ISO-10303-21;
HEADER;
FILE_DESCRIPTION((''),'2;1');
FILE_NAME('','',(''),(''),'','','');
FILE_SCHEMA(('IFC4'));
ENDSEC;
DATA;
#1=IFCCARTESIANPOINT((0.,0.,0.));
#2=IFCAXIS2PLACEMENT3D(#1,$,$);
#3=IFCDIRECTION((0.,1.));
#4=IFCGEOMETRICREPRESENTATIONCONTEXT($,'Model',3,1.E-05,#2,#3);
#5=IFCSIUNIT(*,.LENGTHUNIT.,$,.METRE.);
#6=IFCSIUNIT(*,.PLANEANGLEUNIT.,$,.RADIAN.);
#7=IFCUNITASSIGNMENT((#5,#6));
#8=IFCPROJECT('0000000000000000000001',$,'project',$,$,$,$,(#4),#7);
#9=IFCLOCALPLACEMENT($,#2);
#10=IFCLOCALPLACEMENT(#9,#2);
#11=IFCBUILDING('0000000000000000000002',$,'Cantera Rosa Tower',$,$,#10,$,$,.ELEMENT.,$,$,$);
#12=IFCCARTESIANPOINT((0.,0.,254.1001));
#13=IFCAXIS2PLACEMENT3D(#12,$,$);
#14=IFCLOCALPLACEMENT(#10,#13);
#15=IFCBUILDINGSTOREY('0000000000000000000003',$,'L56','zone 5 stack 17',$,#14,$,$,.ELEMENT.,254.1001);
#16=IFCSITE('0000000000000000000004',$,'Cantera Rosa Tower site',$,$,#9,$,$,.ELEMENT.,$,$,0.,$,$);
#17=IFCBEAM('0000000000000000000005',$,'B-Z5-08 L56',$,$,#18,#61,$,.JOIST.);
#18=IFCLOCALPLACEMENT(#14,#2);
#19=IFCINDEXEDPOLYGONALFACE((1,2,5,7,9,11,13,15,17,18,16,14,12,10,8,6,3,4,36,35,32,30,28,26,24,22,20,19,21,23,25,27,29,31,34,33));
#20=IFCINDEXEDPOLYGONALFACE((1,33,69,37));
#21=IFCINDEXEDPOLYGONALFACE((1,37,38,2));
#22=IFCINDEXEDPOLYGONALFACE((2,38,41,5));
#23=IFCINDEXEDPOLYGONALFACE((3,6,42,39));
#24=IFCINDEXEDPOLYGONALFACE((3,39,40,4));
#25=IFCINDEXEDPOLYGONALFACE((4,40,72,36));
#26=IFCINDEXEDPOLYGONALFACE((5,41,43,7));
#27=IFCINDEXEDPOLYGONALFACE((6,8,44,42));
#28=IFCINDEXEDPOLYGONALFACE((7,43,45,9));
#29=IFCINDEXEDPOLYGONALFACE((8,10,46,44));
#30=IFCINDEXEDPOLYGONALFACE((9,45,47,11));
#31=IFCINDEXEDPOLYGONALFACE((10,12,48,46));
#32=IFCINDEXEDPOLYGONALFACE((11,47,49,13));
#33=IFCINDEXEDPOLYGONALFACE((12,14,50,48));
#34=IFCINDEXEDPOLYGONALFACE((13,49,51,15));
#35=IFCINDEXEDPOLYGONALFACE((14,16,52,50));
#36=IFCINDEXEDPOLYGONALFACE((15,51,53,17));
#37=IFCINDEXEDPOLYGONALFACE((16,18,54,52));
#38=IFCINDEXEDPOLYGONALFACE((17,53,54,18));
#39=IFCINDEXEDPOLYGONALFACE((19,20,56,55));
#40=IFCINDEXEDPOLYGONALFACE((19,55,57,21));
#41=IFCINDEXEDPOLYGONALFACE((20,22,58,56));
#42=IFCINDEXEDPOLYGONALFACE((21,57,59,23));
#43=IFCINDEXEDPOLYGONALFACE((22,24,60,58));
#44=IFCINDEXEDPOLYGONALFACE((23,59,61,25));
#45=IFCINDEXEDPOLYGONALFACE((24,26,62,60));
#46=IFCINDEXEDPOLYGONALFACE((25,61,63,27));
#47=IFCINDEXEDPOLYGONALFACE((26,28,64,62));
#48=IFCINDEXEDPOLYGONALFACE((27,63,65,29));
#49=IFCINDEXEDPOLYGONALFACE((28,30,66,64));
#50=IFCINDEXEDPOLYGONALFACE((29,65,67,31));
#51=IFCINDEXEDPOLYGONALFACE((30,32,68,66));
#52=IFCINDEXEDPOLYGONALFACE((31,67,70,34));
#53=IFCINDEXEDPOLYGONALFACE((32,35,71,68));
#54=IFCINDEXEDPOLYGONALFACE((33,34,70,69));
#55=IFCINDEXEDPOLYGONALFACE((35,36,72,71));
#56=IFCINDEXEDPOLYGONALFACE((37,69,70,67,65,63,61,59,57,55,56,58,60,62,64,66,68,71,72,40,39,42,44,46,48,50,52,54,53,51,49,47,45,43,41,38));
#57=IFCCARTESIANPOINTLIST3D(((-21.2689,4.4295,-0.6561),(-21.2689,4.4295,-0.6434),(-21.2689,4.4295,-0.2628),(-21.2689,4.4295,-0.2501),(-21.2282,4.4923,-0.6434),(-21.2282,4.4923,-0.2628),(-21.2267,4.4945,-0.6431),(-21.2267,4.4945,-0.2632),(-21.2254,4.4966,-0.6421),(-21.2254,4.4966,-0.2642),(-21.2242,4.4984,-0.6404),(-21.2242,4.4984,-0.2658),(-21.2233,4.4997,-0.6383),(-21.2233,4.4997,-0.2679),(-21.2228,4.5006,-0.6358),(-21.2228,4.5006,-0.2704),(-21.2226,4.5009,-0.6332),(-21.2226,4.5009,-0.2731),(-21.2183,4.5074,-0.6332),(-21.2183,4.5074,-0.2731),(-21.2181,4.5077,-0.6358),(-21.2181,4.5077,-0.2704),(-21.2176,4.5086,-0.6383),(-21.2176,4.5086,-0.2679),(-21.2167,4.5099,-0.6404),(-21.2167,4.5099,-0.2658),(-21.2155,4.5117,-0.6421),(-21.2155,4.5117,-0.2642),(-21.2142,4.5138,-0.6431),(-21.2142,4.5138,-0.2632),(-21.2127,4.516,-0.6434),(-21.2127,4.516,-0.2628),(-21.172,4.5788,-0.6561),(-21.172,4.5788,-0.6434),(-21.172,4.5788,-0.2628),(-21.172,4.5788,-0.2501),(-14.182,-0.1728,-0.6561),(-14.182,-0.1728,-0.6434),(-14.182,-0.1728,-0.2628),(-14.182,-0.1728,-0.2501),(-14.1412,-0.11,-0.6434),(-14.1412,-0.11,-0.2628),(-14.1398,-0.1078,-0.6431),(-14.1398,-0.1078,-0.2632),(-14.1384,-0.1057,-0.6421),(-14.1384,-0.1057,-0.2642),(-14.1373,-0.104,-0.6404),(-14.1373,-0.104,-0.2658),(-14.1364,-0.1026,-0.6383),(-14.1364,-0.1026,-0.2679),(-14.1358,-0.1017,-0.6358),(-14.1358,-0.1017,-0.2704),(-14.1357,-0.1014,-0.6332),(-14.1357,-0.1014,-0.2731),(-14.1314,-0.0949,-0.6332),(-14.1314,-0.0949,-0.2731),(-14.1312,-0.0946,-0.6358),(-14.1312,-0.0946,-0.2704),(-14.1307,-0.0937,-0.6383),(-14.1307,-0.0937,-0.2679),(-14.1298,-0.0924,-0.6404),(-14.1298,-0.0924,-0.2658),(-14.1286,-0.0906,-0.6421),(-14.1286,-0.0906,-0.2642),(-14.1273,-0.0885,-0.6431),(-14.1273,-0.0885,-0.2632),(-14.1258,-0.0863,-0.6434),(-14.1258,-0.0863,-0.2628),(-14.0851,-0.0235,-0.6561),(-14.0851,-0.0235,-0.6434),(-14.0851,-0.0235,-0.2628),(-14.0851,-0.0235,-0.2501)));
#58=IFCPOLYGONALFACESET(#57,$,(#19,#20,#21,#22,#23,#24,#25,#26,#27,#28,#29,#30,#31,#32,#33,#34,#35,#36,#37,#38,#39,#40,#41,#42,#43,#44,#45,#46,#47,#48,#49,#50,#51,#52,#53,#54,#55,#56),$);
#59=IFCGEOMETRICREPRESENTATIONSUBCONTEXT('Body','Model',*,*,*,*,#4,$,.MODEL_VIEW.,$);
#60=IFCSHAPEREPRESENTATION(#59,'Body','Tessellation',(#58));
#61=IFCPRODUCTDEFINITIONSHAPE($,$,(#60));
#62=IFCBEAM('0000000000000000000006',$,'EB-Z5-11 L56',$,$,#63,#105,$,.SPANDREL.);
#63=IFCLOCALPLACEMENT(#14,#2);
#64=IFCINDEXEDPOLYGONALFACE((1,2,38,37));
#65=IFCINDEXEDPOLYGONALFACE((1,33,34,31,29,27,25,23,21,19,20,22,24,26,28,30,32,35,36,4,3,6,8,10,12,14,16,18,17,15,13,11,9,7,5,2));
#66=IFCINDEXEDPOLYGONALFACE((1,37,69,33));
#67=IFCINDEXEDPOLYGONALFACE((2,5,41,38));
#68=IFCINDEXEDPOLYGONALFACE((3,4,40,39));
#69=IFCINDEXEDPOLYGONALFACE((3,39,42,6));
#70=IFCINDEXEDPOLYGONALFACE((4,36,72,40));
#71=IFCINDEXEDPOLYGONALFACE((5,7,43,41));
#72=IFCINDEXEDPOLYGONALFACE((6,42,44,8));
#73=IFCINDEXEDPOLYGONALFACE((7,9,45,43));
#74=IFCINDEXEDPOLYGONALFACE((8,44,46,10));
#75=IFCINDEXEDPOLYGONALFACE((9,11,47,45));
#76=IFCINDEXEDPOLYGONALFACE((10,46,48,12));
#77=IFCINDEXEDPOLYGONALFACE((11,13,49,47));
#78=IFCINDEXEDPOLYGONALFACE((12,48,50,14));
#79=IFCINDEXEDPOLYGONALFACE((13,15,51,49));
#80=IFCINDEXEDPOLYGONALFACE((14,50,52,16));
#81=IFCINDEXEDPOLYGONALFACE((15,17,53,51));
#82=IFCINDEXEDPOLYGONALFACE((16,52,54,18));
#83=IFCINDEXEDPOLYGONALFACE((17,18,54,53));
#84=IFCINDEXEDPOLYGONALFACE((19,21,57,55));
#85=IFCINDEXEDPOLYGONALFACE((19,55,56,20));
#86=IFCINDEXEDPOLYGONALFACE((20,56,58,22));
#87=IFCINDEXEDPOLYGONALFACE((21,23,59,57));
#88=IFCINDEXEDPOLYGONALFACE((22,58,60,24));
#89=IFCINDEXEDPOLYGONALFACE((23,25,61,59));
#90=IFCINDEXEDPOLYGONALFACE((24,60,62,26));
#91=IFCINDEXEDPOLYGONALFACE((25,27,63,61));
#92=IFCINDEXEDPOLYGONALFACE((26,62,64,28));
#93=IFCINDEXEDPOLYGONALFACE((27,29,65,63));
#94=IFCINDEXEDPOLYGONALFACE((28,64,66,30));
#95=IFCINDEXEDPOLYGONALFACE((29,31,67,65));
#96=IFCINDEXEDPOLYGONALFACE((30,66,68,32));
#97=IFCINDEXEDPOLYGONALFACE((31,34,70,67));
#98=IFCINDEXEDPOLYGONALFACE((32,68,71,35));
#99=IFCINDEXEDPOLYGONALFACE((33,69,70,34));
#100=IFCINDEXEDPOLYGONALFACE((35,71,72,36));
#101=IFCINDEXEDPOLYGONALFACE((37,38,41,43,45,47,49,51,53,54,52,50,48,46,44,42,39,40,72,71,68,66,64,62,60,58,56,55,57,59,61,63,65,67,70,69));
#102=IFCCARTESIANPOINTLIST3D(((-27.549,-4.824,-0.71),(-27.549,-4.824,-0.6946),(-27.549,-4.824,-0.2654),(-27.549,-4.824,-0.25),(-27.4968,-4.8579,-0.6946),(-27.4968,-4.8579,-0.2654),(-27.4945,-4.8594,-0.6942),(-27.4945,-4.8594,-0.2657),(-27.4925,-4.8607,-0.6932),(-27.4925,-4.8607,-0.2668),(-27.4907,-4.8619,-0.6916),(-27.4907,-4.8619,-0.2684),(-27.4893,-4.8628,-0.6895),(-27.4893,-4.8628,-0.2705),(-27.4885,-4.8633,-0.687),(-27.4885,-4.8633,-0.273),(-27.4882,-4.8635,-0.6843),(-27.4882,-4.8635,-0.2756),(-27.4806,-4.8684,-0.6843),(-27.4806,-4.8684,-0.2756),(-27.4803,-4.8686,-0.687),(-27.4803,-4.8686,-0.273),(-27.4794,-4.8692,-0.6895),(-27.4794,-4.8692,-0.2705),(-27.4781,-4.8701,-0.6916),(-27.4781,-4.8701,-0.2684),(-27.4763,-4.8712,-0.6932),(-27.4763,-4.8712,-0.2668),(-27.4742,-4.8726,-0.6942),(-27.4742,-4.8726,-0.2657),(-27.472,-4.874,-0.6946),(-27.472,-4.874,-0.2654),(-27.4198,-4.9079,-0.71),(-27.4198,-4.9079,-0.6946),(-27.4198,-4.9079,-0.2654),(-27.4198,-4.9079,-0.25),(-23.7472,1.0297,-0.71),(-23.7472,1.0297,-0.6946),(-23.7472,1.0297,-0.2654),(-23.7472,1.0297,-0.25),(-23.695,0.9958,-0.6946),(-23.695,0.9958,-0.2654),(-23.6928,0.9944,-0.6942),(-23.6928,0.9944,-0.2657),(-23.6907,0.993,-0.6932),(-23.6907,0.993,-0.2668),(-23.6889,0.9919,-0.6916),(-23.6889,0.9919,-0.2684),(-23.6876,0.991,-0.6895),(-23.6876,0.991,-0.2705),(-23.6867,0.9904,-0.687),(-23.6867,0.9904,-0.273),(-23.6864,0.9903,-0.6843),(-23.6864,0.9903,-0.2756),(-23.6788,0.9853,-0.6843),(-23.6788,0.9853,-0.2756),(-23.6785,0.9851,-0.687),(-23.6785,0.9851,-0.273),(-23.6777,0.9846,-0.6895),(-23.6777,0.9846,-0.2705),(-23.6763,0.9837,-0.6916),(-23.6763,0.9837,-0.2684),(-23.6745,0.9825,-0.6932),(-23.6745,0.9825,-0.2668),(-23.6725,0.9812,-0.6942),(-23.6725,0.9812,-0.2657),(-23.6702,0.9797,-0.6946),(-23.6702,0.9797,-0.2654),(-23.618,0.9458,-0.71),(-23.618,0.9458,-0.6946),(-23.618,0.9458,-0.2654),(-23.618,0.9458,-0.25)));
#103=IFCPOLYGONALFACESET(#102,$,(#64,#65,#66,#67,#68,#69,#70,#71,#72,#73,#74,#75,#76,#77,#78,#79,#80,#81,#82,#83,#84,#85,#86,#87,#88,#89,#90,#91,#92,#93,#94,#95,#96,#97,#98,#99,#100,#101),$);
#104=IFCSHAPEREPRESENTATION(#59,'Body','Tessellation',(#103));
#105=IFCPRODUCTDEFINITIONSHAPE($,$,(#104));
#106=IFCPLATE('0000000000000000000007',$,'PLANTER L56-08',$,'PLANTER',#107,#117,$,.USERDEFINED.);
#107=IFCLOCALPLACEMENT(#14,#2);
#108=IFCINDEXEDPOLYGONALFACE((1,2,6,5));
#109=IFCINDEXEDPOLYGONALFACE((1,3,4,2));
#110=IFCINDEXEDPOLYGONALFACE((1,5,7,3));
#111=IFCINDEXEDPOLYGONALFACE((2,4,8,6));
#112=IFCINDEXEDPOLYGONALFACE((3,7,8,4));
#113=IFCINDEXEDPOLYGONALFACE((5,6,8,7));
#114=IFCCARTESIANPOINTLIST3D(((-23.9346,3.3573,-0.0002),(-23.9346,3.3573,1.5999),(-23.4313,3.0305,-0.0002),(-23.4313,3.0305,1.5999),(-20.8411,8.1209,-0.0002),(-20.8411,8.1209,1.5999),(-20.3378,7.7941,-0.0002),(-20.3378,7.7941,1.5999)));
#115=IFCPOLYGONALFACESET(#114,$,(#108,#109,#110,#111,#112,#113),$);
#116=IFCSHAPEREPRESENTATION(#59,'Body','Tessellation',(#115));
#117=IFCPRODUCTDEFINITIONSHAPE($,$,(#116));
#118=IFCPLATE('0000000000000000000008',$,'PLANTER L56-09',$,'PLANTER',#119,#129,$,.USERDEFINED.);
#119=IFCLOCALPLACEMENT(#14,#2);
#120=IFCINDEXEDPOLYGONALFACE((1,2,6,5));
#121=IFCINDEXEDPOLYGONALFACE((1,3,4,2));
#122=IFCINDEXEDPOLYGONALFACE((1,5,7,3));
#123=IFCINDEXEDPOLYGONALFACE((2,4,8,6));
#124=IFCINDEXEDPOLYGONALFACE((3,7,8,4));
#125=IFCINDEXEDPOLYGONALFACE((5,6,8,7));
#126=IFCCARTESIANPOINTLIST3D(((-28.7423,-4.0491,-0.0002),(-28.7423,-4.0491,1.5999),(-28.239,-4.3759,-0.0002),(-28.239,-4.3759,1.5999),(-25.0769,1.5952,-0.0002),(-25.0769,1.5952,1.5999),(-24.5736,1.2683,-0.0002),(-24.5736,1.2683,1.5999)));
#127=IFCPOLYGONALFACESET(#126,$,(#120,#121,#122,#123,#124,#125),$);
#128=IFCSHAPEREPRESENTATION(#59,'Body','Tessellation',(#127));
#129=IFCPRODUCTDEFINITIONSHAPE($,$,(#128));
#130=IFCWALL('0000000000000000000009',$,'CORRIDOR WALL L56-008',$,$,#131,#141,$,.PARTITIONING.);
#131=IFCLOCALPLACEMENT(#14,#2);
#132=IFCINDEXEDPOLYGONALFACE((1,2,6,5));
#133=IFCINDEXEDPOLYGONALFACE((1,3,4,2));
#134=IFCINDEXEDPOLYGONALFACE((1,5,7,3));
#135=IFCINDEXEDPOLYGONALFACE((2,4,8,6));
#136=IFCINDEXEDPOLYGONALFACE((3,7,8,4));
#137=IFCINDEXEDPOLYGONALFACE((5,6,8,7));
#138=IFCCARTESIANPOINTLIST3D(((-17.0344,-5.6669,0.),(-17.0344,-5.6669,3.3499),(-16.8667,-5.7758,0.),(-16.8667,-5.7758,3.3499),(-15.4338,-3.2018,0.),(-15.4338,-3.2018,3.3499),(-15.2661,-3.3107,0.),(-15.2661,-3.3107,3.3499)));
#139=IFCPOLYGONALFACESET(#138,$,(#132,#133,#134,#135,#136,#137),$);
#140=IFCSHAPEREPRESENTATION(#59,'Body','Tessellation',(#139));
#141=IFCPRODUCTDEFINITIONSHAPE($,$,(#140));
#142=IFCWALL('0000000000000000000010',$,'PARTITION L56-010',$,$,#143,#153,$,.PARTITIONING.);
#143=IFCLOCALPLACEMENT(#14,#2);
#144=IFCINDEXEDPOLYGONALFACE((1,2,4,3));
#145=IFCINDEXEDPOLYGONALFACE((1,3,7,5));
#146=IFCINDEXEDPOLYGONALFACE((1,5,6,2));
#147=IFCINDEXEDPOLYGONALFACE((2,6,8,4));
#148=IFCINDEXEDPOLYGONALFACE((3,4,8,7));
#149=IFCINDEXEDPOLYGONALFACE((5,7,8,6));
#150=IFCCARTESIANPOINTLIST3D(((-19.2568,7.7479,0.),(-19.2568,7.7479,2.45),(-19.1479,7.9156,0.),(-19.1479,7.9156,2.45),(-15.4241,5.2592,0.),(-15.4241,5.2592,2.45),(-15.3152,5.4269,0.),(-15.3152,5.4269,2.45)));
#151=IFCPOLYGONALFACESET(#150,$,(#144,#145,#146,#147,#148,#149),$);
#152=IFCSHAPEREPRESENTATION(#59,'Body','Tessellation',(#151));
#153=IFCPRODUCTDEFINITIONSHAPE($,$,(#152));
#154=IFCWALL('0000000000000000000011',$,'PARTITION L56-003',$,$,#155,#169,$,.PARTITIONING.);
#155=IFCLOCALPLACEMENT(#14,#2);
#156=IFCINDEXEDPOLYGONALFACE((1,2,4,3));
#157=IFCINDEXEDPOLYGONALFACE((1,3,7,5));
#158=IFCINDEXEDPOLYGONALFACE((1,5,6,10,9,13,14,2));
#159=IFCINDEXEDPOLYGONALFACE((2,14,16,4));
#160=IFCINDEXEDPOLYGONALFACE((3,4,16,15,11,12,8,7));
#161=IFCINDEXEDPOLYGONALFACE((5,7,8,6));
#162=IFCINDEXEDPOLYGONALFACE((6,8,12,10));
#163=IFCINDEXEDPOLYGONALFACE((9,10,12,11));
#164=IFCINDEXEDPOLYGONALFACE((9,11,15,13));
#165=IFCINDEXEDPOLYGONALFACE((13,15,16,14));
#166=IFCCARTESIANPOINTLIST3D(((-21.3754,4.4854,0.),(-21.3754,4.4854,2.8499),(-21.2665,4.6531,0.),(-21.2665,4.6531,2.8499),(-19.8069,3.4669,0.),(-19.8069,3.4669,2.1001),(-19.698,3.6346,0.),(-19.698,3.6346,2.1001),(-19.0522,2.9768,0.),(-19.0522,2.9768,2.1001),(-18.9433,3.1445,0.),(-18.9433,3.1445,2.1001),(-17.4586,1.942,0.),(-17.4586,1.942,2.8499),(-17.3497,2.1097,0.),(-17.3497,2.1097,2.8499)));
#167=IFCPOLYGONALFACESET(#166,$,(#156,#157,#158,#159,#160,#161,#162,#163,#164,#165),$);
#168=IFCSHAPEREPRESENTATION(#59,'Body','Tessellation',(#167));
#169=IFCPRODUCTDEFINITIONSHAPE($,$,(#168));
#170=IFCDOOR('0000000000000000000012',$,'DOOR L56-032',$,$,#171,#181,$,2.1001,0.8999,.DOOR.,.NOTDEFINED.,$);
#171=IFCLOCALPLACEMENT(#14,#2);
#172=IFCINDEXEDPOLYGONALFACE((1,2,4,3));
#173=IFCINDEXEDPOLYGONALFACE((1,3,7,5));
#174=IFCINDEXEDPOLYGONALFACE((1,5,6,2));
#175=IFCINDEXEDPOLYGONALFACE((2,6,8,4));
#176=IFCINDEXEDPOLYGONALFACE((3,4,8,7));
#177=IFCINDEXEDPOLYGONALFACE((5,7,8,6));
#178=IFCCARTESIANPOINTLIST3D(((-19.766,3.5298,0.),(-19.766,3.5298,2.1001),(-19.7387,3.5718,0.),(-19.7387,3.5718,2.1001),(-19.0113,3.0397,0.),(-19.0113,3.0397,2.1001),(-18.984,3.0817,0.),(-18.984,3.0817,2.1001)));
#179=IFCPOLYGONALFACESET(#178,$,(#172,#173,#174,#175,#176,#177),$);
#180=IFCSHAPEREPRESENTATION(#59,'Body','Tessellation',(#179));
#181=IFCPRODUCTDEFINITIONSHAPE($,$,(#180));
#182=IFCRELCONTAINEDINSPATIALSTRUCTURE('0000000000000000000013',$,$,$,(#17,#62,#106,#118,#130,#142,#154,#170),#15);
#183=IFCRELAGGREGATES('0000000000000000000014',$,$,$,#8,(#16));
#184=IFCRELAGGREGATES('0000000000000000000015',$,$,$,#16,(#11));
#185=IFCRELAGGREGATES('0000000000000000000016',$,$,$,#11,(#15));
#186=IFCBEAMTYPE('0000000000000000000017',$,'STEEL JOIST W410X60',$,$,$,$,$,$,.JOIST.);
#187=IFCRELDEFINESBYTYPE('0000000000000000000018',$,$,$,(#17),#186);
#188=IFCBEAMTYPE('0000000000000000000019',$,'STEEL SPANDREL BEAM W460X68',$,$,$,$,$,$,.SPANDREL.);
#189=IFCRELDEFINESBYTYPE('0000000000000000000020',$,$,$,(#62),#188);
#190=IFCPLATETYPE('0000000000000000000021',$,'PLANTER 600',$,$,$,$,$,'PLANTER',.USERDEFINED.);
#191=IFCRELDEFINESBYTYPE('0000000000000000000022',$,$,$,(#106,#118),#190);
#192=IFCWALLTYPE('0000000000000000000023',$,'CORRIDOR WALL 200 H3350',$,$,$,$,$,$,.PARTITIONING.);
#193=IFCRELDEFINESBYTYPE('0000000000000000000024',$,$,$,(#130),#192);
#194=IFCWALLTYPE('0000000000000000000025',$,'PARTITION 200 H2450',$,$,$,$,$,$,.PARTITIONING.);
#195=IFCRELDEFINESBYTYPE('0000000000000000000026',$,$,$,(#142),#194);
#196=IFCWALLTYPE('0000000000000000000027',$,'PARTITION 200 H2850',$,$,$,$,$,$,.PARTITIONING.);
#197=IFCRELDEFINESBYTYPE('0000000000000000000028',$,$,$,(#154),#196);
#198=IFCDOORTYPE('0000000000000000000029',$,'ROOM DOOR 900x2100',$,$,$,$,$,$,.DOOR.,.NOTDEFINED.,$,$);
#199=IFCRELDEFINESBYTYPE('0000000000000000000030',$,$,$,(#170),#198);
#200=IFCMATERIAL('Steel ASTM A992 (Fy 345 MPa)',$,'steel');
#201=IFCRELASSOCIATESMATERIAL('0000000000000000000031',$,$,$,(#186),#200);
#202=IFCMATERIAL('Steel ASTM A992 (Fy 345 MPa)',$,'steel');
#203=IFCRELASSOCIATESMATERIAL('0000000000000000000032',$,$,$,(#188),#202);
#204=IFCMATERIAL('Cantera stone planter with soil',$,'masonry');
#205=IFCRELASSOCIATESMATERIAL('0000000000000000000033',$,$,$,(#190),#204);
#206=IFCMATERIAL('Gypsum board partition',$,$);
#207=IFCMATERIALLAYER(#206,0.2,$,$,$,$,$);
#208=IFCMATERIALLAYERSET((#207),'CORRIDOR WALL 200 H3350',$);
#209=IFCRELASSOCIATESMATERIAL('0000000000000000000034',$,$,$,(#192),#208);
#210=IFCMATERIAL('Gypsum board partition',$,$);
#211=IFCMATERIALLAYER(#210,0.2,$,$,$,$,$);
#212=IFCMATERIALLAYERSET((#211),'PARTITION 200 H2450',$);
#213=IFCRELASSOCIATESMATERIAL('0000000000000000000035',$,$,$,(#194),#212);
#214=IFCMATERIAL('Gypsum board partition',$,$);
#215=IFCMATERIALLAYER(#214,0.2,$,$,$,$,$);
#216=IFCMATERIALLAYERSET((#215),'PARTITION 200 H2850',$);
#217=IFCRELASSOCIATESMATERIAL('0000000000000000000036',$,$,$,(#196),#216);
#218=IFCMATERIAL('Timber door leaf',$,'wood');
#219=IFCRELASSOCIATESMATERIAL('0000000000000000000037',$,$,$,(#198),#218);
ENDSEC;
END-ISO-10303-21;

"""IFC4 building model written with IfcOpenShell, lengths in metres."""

from ifc_helpers import new_model, si_unit, direction, frame, frame_2d, origin, origin_2d, place, context, subcontext, project, spatial, rectangle, i_section, extrude, material, layer, layer_set, material_profile, profile_set, type_object, element, fill, save


model = new_model("IFC4")

# Units and contexts
model_context = context("Model", 3, precision=1e-05, world=origin(), true_north=direction((0.0, 1.0)))
body_context = subcontext(model_context, "Body", "Model", "MODEL_VIEW")
ifc_project = project(units=[si_unit("LENGTHUNIT", "METRE"), si_unit("PLANEANGLEUNIT", "RADIAN")], contexts=[model_context])

# Site, building, storey
site_placement = place(None, origin())
site = spatial("IfcSite", under=ifc_project, at=site_placement, Name="Cantera Rosa Tower site", CompositionType="ELEMENT", RefElevation=0.0)
building_placement = place(site_placement, origin())
building = spatial("IfcBuilding", under=site, at=building_placement, Name="Cantera Rosa Tower", CompositionType="ELEMENT")
storey_placement = place(building_placement, frame((0.0, 0.0, 254.1001)))
storey = spatial("IfcBuildingStorey", under=building, at=storey_placement, Name="L56", Description="zone 5 stack 17", CompositionType="ELEMENT", Elevation=254.1001)

# Beams
ifc_material_1 = material(Name="Steel ASTM A992 (Fy 345 MPa)", Category="steel")
ifc_material_profile_1 = material_profile(ifc_material_1, i_section(OverallWidth=0.178, OverallDepth=0.406, WebThickness=0.0078, FlangeThickness=0.0127, FilletRadius=0.0103, at=origin_2d()), Name="W410X60")
ifc_profile_set_1 = profile_set([ifc_material_profile_1], Name="Steel ASTM A992 (Fy 345 MPa)")
beam_type_1 = type_object("IfcBeamType", Name="STEEL JOIST W410X60", PredefinedType="JOIST", material=ifc_profile_set_1)
beam_1_placement = place(storey_placement, frame((-21.2205, 4.5042, -0.4531), z_axis=(0.838671, -0.544639, 0.0), x_axis=(0.544639, 0.838671, 0.0)))
element("IfcBeam", 1, at=beam_1_placement, inside=storey, type_object=beam_type_1, Name="B-Z5-08 L56", PredefinedType="JOIST", context=body_context, shape_type="SweptSolid", body=[
    extrude(i_section(OverallWidth=0.178, OverallDepth=0.406, WebThickness=0.0078, FlangeThickness=0.0127, FilletRadius=0.0103, at=origin_2d()), origin(), (0.0, 0.0, 1.0), 8.4502),
])
ifc_material_2 = material(Name="Steel ASTM A992 (Fy 345 MPa)", Category="steel")
ifc_material_profile_2 = material_profile(ifc_material_2, i_section(OverallWidth=0.1541, OverallDepth=0.46, WebThickness=0.009, FlangeThickness=0.0154, FilletRadius=0.0103, at=origin_2d()), Name="W460X68")
ifc_profile_set_2 = profile_set([ifc_material_profile_2], Name="Steel ASTM A992 (Fy 345 MPa)")
beam_type_2 = type_object("IfcBeamType", Name="STEEL SPANDREL BEAM W460X68", PredefinedType="SPANDREL", material=ifc_profile_set_2)
beam_2_placement = place(storey_placement, frame((-23.6826, 0.9878, -0.48), z_axis=(-0.544667, -0.838652, 0.0), x_axis=(0.838652, -0.544667, 0.0)))
element("IfcBeam", 2, at=beam_2_placement, inside=storey, type_object=beam_type_2, Name="EB-Z5-11 L56", PredefinedType="SPANDREL", context=body_context, shape_type="SweptSolid", body=[
    extrude(i_section(OverallWidth=0.1541, OverallDepth=0.46, WebThickness=0.009, FlangeThickness=0.0154, FilletRadius=0.0103, at=origin_2d()), origin(), (0.0, 0.0, 1.0), 6.98),
])

# Plates
ifc_material_3 = material(Name="Cantera stone planter with soil", Category="masonry")
plate_type = type_object("IfcPlateType", Name="PLANTER 600", ElementType="PLANTER", PredefinedType="USERDEFINED", material=ifc_material_3)
plate_1_placement = place(storey_placement, frame((-22.1362, 5.5757, -0.0002), z_axis=(0.0, 0.0, 1.0), x_axis=(-0.544639, -0.838671, 0.0)))
element("IfcPlate", 3, at=plate_1_placement, inside=storey, type_object=plate_type, Name="PLANTER L56-08", ObjectType="PLANTER", PredefinedType="USERDEFINED", context=body_context, shape_type="SweptSolid", body=[
    extrude(rectangle(XDim=5.6799, YDim=0.6001, at=origin_2d()), origin(), (0.0, 0.0, 1.0), 1.6001),
])
plate_2_placement = place(storey_placement, frame((-26.658, -1.3904, -0.0002), z_axis=(0.0, 0.0, 1.0), x_axis=(-0.544639, -0.838671, 0.0)))
element("IfcPlate", 4, at=plate_2_placement, inside=storey, type_object=plate_type, Name="PLANTER L56-09", ObjectType="PLANTER", PredefinedType="USERDEFINED", context=body_context, shape_type="SweptSolid", body=[
    extrude(rectangle(XDim=6.73, YDim=0.6001, at=origin_2d()), origin(), (0.0, 0.0, 1.0), 1.6001),
])

# Wall
ifc_material_4 = material(Name="Gypsum board partition")
ifc_layer_1 = layer(ifc_material_4, 0.2)
ifc_layer_set_1 = layer_set([ifc_layer_1], Name="CORRIDOR WALL 200 H3350")
wall_type_1 = type_object("IfcWallType", Name="CORRIDOR WALL 200 H3350", PredefinedType="PARTITIONING", material=ifc_layer_set_1)
wall_1_placement = place(storey_placement, frame((-15.3499, -3.2561, 0.0), z_axis=(0.0, 0.0, 1.0), x_axis=(-0.544577, -0.838711, 0.0)))
element("IfcWall", 5, at=wall_1_placement, inside=storey, type_object=wall_type_1, Name="CORRIDOR WALL L56-008", PredefinedType="PARTITIONING", context=body_context, shape_type="SweptSolid", body=[
    extrude(rectangle(XDim=2.9392, YDim=0.2, at=frame_2d((1.4697, 0.0))), origin(), (0.0, 0.0, 1.0), 3.3499),
])

# Wall
ifc_material_5 = material(Name="Gypsum board partition")
ifc_layer_2 = layer(ifc_material_5, 0.2)
ifc_layer_set_2 = layer_set([ifc_layer_2], Name="PARTITION 200 H2450")
wall_type_2 = type_object("IfcWallType", Name="PARTITION 200 H2450", PredefinedType="PARTITIONING", material=ifc_layer_set_2)
wall_2_placement = place(storey_placement, frame((-15.3696, 5.343, 0.0), z_axis=(0.0, 0.0, 1.0), x_axis=(-0.838696, 0.5446, 0.0)))
element("IfcWall", 6, at=wall_2_placement, inside=storey, type_object=wall_type_2, Name="PARTITION L56-010", PredefinedType="PARTITIONING", context=body_context, shape_type="SweptSolid", body=[
    extrude(rectangle(XDim=4.5698, YDim=0.2, at=frame_2d((2.2849, 0.0))), origin(), (0.0, 0.0, 1.0), 2.45),
])

# Wall, opening, door
ifc_material_6 = material(Name="Gypsum board partition")
ifc_layer_3 = layer(ifc_material_6, 0.2)
ifc_layer_set_3 = layer_set([ifc_layer_3], Name="PARTITION 200 H2850")
wall_type_3 = type_object("IfcWallType", Name="PARTITION 200 H2850", PredefinedType="PARTITIONING", material=ifc_layer_set_3)
wall_3_placement = place(storey_placement, frame((-17.4043, 2.0259, 0.0), z_axis=(0.0, 0.0, 1.0), x_axis=(-0.838681, 0.544623, 0.0)))
wall_3 = element("IfcWall", 7, at=wall_3_placement, inside=storey, type_object=wall_type_3, Name="PARTITION L56-003", PredefinedType="PARTITIONING", context=body_context, shape_type="SweptSolid", body=[
    extrude(rectangle(XDim=4.6702, YDim=0.2, at=frame_2d((2.335, 0.0))), origin(), (0.0, 0.0, 1.0), 2.8499),
])
opening_1_placement = place(wall_3_placement, frame((1.8999, 0.0, 0.0)))
opening_1 = element("IfcOpeningElement", 8, at=opening_1_placement, cuts=wall_3, PredefinedType="OPENING", context=body_context, shape_type="SweptSolid", body=[
    extrude(rectangle(XDim=0.8999, YDim=2.1001, at=frame_2d((0.45, 1.05))), frame((0.0, 0.1099, 0.0), z_axis=(0.0, -1.0, 0.0), x_axis=(1.0, 0.0, 0.0)), (0.0, 0.0, 1.0), 0.22),
])
ifc_material_7 = material(Name="Timber door leaf", Category="wood")
door_type_1 = type_object("IfcDoorType", Name="ROOM DOOR 900x2100", OperationType="NOTDEFINED", PredefinedType="DOOR", material=ifc_material_7)
door_1_placement = place(opening_1_placement, origin())
door_1 = element("IfcDoor", 9, at=door_1_placement, inside=storey, type_object=door_type_1, Name="DOOR L56-032", OperationType="NOTDEFINED", OverallHeight=2.1001, OverallWidth=0.8999, PredefinedType="DOOR", context=body_context, shape_type="SweptSolid", body=[
    extrude(rectangle(XDim=0.8999, YDim=2.1001, at=frame_2d((0.45, 1.05))), frame((0.0, 0.0249, 0.0), z_axis=(0.0, -1.0, 0.0), x_axis=(1.0, 0.0, 0.0)), (0.0, 0.0, 1.0), 0.05),
])
fill(opening_1, door_1)

save(model, "model.ifc")
